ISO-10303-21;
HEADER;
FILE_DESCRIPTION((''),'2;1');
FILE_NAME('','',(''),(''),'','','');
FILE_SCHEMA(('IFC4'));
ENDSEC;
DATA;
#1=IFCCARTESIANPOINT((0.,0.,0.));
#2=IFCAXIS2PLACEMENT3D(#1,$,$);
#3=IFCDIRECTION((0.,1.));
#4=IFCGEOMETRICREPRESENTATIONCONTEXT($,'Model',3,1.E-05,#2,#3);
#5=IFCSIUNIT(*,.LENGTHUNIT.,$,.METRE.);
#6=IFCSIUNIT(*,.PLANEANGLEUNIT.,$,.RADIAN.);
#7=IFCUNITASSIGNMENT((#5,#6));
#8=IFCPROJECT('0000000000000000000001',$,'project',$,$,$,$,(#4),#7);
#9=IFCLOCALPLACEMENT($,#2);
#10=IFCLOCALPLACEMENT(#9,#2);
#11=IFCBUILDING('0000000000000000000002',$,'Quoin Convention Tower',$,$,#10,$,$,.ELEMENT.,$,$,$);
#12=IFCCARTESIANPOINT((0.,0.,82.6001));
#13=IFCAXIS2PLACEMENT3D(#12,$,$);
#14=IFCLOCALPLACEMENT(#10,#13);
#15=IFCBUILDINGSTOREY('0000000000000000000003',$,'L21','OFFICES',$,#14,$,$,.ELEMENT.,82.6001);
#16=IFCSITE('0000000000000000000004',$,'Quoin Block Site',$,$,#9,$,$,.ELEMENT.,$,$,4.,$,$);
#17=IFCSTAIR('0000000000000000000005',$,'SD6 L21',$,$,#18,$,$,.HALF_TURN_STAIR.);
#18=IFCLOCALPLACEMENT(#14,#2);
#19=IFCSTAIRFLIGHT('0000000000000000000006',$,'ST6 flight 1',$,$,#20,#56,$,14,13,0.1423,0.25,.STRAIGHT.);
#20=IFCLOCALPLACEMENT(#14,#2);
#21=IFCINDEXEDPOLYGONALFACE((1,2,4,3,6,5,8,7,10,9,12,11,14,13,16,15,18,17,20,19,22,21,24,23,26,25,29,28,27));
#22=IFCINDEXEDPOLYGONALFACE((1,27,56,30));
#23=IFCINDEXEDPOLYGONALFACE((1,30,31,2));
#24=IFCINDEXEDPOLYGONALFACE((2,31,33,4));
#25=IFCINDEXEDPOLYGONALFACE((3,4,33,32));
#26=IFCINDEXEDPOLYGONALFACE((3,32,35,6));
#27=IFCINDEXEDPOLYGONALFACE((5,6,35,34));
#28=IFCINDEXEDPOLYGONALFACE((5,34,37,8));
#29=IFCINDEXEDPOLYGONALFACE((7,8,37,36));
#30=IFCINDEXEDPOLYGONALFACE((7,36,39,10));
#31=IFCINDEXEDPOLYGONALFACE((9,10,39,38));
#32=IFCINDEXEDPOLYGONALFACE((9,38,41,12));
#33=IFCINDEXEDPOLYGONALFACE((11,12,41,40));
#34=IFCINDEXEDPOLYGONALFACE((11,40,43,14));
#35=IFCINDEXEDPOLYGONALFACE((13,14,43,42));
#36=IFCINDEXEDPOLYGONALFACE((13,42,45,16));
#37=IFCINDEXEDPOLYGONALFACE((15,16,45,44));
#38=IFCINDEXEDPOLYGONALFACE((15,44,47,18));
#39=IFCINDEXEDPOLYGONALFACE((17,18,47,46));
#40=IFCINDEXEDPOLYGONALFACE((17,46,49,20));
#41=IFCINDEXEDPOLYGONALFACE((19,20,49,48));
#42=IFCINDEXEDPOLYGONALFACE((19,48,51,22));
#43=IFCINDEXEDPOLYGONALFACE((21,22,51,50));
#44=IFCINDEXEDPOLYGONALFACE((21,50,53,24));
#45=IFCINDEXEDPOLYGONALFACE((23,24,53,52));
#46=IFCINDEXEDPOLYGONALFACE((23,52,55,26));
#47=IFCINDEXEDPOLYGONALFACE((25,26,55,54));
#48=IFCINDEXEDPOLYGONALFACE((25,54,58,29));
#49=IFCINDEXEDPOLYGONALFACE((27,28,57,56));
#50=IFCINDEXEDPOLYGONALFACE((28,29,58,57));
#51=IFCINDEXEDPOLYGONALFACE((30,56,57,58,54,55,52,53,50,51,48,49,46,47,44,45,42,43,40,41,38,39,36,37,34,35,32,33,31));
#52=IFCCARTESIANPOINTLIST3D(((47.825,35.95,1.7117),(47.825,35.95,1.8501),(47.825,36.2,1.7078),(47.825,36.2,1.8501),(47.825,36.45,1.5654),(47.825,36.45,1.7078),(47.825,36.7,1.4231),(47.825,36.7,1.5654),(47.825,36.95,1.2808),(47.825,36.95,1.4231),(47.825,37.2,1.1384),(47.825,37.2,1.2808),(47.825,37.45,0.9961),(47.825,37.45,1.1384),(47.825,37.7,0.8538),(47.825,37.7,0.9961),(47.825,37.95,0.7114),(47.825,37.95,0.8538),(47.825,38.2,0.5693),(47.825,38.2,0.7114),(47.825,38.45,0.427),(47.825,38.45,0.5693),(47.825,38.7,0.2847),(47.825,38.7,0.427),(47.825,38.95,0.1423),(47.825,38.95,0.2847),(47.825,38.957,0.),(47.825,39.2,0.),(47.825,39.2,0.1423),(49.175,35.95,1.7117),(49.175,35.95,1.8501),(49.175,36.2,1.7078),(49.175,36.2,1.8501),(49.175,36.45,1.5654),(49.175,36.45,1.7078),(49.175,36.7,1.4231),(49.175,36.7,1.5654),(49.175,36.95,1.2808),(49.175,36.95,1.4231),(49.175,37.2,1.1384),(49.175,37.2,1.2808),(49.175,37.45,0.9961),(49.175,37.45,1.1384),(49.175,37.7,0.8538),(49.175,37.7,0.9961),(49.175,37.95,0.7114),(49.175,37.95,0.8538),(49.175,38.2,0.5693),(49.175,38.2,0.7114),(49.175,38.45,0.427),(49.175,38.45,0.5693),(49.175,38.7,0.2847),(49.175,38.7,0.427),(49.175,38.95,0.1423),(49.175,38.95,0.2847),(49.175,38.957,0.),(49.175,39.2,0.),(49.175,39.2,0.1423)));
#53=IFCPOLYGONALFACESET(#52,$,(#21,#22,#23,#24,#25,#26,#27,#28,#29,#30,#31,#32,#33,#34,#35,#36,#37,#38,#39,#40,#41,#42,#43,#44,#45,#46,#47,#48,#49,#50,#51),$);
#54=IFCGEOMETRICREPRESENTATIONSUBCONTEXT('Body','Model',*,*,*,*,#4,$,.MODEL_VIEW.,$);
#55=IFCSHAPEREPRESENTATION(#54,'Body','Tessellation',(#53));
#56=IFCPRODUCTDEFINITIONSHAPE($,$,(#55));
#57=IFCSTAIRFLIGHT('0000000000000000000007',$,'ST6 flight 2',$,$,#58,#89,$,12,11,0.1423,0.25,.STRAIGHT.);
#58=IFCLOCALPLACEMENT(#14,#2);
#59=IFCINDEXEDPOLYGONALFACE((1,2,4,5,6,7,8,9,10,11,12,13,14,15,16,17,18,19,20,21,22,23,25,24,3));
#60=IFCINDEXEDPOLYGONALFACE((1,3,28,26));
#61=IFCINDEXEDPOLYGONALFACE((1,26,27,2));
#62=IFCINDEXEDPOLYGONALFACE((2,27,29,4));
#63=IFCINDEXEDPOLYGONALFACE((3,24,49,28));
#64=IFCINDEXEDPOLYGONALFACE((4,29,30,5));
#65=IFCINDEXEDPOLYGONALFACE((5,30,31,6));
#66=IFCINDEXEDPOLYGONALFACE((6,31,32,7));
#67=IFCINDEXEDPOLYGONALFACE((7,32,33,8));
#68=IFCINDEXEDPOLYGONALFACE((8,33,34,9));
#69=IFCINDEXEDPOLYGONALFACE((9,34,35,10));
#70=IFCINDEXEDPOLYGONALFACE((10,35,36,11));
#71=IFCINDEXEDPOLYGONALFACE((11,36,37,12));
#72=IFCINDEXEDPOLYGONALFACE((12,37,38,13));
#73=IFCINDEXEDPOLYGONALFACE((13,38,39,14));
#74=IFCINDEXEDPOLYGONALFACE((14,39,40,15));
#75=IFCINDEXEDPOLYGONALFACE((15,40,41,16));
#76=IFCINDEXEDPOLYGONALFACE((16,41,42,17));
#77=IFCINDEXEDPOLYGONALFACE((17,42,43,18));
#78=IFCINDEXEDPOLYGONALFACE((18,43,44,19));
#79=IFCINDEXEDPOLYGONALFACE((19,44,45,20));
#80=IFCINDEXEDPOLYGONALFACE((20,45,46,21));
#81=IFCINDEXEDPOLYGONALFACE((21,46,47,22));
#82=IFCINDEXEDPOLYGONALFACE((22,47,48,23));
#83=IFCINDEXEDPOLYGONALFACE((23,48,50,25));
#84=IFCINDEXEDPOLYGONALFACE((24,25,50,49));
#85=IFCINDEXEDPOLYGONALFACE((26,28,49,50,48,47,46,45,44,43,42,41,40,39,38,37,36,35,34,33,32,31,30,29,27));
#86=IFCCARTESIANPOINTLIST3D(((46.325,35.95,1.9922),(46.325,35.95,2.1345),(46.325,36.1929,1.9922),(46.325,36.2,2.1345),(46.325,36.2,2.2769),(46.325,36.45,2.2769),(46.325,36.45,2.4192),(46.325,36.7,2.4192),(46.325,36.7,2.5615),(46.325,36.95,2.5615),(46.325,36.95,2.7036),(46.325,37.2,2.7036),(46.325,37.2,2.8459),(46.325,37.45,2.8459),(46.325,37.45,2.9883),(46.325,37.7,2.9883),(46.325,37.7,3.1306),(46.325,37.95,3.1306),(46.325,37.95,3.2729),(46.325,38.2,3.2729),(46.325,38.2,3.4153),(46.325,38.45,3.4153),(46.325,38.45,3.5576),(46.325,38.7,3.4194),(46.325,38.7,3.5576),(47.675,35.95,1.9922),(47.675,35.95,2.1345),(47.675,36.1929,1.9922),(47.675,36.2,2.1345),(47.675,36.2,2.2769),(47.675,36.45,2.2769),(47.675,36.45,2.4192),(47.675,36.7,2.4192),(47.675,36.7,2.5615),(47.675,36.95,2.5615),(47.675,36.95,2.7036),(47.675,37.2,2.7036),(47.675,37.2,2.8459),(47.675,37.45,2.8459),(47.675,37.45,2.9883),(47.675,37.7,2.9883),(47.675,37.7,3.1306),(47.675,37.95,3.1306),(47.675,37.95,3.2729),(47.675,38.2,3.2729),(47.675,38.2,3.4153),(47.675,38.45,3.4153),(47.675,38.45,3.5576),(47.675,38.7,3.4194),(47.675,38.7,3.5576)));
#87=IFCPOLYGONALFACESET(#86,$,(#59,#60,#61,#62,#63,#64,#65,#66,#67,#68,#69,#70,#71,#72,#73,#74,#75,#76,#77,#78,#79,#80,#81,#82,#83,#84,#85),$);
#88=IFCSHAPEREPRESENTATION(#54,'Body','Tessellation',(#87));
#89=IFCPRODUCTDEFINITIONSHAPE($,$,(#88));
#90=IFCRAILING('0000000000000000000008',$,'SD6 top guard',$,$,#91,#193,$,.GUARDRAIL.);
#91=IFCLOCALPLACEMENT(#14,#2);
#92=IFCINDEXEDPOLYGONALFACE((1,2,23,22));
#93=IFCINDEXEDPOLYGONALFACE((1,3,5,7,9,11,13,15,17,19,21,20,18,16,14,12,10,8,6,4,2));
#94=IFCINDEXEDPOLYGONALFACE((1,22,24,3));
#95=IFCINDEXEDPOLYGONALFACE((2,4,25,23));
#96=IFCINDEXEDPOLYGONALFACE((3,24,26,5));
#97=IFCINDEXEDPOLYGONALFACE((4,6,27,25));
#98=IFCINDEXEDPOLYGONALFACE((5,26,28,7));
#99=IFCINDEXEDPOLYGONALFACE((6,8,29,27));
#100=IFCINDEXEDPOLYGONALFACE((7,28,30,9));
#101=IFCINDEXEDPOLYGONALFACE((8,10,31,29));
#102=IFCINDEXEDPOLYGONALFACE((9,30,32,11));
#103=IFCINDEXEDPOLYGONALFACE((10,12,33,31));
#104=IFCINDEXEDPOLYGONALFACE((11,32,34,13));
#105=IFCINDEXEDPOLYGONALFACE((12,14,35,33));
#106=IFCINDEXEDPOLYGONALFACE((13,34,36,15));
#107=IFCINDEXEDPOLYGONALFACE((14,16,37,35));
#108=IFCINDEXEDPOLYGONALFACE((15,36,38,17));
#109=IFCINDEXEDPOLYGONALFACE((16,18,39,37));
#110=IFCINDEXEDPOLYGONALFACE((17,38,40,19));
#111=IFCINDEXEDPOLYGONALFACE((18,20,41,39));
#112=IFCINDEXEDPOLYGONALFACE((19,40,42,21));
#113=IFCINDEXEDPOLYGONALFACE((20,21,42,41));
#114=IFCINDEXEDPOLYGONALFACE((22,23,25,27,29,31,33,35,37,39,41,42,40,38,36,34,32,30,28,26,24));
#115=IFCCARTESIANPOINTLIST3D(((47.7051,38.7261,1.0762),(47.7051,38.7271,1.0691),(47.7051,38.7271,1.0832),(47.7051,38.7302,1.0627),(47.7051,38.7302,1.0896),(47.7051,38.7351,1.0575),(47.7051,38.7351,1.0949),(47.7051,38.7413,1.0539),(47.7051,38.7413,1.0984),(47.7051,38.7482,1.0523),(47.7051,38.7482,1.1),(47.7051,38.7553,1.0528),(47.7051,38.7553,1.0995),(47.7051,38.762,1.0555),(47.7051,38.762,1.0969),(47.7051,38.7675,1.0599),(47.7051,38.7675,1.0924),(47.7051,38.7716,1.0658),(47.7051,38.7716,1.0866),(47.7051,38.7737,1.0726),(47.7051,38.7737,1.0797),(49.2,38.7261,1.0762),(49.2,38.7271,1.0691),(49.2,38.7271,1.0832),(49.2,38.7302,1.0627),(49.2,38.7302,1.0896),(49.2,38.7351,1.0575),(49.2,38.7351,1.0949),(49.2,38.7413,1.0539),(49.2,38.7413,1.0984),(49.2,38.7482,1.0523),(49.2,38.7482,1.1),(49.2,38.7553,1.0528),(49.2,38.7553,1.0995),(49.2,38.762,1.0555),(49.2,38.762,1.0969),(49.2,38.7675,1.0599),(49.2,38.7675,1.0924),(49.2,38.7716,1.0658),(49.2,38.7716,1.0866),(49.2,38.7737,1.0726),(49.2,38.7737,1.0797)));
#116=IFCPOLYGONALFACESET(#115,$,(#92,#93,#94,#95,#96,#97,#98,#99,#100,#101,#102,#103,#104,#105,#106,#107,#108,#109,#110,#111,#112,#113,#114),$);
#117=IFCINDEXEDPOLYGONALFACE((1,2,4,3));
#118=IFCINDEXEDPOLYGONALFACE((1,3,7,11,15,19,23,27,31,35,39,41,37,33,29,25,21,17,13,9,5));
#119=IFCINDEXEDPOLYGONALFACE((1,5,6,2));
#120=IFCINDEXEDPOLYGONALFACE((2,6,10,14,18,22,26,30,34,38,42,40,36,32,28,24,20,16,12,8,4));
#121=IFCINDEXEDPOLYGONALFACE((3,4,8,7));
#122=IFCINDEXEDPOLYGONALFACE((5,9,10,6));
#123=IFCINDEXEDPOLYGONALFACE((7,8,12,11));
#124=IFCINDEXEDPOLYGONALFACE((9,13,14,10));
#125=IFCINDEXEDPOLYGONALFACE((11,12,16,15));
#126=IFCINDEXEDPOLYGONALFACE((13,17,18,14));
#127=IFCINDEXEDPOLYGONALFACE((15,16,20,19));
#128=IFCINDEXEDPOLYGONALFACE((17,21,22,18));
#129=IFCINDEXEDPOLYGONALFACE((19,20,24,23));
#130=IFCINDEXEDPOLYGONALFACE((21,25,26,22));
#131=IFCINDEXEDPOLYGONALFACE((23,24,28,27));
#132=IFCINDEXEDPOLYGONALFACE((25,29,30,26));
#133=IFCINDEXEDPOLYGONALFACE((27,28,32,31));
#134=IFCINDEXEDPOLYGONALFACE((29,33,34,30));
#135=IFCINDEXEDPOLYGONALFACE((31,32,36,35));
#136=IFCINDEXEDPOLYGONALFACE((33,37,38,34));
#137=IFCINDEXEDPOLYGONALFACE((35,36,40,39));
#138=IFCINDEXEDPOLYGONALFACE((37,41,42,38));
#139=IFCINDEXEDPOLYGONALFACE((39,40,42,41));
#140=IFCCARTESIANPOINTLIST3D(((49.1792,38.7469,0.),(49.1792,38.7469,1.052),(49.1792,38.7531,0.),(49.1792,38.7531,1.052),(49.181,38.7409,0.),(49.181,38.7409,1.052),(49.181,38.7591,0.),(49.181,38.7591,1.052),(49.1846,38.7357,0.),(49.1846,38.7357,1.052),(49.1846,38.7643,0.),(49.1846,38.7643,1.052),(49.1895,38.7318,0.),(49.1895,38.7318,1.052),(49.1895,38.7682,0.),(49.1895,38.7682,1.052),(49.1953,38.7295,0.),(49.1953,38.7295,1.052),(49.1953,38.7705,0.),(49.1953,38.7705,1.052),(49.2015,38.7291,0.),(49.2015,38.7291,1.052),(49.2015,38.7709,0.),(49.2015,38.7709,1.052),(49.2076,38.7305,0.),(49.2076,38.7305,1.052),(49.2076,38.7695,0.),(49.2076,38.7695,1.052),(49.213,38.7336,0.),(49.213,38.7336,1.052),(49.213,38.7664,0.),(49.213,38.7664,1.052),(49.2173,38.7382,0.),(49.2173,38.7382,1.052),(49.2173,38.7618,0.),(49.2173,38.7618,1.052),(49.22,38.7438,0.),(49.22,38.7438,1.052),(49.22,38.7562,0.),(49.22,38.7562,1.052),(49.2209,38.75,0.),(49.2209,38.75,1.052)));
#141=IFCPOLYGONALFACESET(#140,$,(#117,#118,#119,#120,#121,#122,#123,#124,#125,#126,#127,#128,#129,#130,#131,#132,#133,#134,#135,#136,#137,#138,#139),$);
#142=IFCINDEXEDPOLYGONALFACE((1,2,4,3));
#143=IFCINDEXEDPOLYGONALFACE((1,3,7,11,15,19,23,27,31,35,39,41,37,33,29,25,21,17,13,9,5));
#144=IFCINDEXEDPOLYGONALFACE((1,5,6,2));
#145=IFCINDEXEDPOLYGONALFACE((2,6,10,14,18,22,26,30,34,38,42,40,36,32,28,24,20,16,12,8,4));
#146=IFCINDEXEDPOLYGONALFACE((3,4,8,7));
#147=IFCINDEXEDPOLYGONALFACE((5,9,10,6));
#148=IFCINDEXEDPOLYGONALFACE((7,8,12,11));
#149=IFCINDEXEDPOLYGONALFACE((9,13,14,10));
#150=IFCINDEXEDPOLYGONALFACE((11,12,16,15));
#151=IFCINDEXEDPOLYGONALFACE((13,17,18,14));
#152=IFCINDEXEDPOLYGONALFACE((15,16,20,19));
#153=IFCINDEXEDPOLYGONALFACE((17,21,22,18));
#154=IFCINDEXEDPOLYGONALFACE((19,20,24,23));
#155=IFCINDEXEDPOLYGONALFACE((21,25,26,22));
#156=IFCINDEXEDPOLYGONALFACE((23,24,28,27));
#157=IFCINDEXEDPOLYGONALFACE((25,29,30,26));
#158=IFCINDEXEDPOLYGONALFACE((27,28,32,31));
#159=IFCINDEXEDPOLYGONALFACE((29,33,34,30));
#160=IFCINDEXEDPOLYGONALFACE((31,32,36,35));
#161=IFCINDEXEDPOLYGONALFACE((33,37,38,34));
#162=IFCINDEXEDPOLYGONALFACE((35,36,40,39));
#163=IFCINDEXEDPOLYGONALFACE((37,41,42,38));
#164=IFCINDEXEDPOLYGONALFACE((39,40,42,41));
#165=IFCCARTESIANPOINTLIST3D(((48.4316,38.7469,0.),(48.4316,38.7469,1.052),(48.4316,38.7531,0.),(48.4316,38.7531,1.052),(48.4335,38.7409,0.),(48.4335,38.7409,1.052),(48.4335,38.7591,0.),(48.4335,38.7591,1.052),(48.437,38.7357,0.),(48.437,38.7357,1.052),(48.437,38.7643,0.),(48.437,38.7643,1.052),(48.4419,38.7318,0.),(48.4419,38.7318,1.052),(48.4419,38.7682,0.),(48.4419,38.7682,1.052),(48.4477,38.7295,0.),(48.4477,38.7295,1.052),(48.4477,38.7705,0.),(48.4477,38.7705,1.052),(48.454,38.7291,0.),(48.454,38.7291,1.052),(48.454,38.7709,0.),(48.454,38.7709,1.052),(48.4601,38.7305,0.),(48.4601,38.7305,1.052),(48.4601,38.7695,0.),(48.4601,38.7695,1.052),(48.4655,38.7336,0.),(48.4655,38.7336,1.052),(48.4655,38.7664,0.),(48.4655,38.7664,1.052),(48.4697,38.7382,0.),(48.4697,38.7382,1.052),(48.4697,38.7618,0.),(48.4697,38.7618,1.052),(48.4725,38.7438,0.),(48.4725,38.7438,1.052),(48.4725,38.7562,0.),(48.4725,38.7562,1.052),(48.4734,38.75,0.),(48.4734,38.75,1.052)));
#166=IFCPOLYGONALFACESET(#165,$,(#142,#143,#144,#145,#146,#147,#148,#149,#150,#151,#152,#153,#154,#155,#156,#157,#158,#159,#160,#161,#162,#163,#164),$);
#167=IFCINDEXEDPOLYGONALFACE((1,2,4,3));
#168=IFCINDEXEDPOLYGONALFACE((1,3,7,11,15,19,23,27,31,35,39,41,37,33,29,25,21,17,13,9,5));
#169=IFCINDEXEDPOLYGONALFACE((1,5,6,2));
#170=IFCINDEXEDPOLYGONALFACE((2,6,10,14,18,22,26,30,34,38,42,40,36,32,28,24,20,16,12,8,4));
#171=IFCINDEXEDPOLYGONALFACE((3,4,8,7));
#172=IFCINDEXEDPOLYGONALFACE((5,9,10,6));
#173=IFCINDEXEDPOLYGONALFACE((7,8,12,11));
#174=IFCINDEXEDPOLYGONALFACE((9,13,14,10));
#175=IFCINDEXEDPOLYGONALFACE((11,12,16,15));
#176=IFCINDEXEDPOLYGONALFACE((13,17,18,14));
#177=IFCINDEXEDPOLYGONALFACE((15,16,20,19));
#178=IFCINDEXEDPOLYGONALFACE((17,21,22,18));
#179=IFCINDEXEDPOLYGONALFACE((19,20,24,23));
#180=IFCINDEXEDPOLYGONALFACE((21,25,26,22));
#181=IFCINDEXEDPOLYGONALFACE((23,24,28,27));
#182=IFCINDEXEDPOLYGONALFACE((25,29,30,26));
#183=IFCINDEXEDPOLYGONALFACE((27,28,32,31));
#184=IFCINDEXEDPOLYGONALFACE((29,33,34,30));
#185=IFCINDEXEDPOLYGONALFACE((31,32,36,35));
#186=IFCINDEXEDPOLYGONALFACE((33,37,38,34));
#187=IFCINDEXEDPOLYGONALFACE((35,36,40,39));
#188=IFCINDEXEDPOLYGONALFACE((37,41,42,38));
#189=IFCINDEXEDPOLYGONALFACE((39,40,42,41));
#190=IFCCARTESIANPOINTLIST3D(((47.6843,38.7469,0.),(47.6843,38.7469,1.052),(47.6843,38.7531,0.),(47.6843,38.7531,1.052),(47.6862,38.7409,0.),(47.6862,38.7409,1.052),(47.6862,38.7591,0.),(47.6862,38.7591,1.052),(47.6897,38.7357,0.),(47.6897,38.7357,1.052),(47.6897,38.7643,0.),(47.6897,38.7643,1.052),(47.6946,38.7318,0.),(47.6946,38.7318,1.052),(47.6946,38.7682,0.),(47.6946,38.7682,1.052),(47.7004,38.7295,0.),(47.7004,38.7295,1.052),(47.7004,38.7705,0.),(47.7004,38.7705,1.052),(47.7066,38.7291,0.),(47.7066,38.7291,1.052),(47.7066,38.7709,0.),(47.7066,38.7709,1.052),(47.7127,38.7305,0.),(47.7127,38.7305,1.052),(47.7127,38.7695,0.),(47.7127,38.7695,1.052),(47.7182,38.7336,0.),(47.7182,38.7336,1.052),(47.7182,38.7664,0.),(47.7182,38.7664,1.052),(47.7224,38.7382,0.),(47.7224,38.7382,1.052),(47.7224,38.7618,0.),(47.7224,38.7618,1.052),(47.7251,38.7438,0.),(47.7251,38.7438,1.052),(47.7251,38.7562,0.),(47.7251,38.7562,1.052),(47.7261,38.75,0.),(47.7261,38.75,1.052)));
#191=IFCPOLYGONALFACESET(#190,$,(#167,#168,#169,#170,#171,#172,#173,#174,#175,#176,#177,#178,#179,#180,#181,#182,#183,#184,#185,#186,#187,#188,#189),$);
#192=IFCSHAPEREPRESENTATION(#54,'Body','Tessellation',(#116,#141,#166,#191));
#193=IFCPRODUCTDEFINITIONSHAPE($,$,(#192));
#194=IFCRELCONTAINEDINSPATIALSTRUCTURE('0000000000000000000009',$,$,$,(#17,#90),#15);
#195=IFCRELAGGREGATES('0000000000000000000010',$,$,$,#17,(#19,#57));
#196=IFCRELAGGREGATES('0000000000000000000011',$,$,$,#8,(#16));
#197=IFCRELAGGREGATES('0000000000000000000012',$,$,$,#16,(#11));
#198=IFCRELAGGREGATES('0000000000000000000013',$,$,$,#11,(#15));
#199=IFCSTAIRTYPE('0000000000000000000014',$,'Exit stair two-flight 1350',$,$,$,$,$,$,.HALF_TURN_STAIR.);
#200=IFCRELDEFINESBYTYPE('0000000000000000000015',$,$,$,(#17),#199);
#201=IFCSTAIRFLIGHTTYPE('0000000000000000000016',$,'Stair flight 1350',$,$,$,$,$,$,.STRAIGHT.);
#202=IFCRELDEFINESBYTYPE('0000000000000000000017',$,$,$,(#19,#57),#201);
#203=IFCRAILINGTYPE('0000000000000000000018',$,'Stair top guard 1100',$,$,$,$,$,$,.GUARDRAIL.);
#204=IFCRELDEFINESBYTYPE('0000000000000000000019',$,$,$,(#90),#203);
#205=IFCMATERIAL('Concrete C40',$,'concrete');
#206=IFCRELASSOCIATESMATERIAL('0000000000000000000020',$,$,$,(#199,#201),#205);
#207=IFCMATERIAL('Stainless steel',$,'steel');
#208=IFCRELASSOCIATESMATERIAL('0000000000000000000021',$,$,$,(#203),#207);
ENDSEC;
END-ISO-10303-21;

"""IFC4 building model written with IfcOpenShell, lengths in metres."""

from ifc_helpers import new_model, si_unit, direction, frame, origin, origin_2d, place, context, subcontext, project, spatial, polyline, circle, outline, extrude, material, type_object, element, aggregate, save


model = new_model("IFC4")

# Units and contexts
model_context = context("Model", 3, precision=1e-05, world=origin(), true_north=direction((0.0, 1.0)))
body_context = subcontext(model_context, "Body", "Model", "MODEL_VIEW")
ifc_project = project(units=[si_unit("LENGTHUNIT", "METRE"), si_unit("PLANEANGLEUNIT", "RADIAN")], contexts=[model_context])

# Site, building, storey
site_placement = place(None, origin())
site = spatial("IfcSite", under=ifc_project, at=site_placement, Name="Quoin Block Site", CompositionType="ELEMENT", RefElevation=4.0)
building_placement = place(site_placement, origin())
building = spatial("IfcBuilding", under=site, at=building_placement, Name="Quoin Convention Tower", CompositionType="ELEMENT")
storey_placement = place(building_placement, frame((0.0, 0.0, 82.6001)))
storey = spatial("IfcBuildingStorey", under=building, at=storey_placement, Name="L21", Description="OFFICES", CompositionType="ELEMENT", Elevation=82.6001)

# Stair, stair flights
ifc_material_1 = material(Name="Concrete C40", Category="concrete")
stair_type = type_object("IfcStairType", Name="Exit stair two-flight 1350", PredefinedType="HALF_TURN_STAIR", material=ifc_material_1)
stair_placement = place(storey_placement, origin())
stair = element("IfcStair", 1, at=stair_placement, inside=storey, type_object=stair_type, Name="SD6 L21", PredefinedType="HALF_TURN_STAIR")
stair_flight_type = type_object("IfcStairFlightType", Name="Stair flight 1350", PredefinedType="STRAIGHT", material=ifc_material_1)
stair_flight_1_placement = place(storey_placement, frame((48.5, 39.2, 0.0), z_axis=(0.0, 0.0, 1.0), x_axis=(0.0, -1.0, 0.0)))
stair_flight_1 = element("IfcStairFlight", 2, at=stair_flight_1_placement, type_object=stair_flight_type, Name="ST6 flight 1", NumberOfRisers=14, NumberOfTreads=13, PredefinedType="STRAIGHT", RiserHeight=0.1423, TreadLength=0.25, context=body_context, shape_type="SweptSolid", body=[
    extrude(outline(polyline([(0.0, 0.0), (0.0, 0.1423), (0.25, 0.1423), (0.25, 0.2847), (0.5, 0.2847), (0.5, 0.427), (0.75, 0.427), (0.75, 0.5693), (1.0, 0.5693), (1.0, 0.7114), (1.25, 0.7114), (1.25, 0.8538), (1.5, 0.8538), (1.5, 0.9961), (1.75, 0.9961), (1.75, 1.1384), (2.0, 1.1384), (2.0, 1.2808), (2.25, 1.2808), (2.25, 1.4231), (2.5, 1.4231), (2.5, 1.5654), (2.75, 1.5654), (2.75, 1.7078), (3.0, 1.7078), (3.0, 1.8501), (3.25, 1.8501), (3.25, 1.9922), (3.25, 1.7117), (0.2429, 0.0), (0.0, 0.0)])), frame((0.0, 0.675, 0.0), z_axis=(0.0, -1.0, 0.0), x_axis=(1.0, 0.0, 0.0)), (0.0, 0.0, 1.0), 1.3501),
])
stair_flight_2_placement = place(storey_placement, frame((47.0, 35.95, 1.9922), z_axis=(0.0, 0.0, 1.0), x_axis=(0.0, 1.0, 0.0)))
stair_flight_2 = element("IfcStairFlight", 3, at=stair_flight_2_placement, type_object=stair_flight_type, Name="ST6 flight 2", NumberOfRisers=12, NumberOfTreads=11, PredefinedType="STRAIGHT", RiserHeight=0.1423, TreadLength=0.25, context=body_context, shape_type="SweptSolid", body=[
    extrude(outline(polyline([(0.0, 0.0), (0.0, 0.1423), (0.25, 0.1423), (0.25, 0.2847), (0.5, 0.2847), (0.5, 0.427), (0.75, 0.427), (0.75, 0.5693), (1.0, 0.5693), (1.0, 0.7114), (1.25, 0.7114), (1.25, 0.8538), (1.5, 0.8538), (1.5, 0.9961), (1.75, 0.9961), (1.75, 1.1384), (2.0, 1.1384), (2.0, 1.2808), (2.25, 1.2808), (2.25, 1.4231), (2.5, 1.4231), (2.5, 1.5654), (2.75, 1.5654), (2.75, 1.7078), (2.75, 1.4272), (0.2429, 0.0), (0.0, 0.0)])), frame((0.0, 0.675, 0.0), z_axis=(0.0, -1.0, 0.0), x_axis=(1.0, 0.0, 0.0)), (0.0, 0.0, 1.0), 1.3501),
])
aggregate(stair, [stair_flight_1, stair_flight_2])

# Railing
ifc_material_2 = material(Name="Stainless steel", Category="steel")
railing_type_1 = type_object("IfcRailingType", Name="Stair top guard 1100", PredefinedType="GUARDRAIL", material=ifc_material_2)
railing_1_placement = place(storey_placement, frame((49.2, 38.75, 0.0)))
element("IfcRailing", 4, at=railing_1_placement, inside=storey, type_object=railing_type_1, Name="SD6 top guard", PredefinedType="GUARDRAIL", context=body_context, shape_type="SweptSolid", body=[
    extrude(circle(Radius=0.0239, at=origin_2d()), frame((0.0, 0.0, 1.0762), z_axis=(-1.0, 0.0, 0.0), x_axis=(0.0, -1.0, 0.0)), (0.0, 0.0, 1.0), 1.4949),
    extrude(circle(Radius=0.021, at=origin_2d()), origin(), (0.0, 0.0, 1.0), 1.052),
    extrude(circle(Radius=0.021, at=origin_2d()), frame((-0.7476, 0.0, 0.0)), (0.0, 0.0, 1.0), 1.052),
    extrude(circle(Radius=0.021, at=origin_2d()), frame((-1.4949, 0.0, 0.0)), (0.0, 0.0, 1.0), 1.052),
])

save(model, "model.ifc")
